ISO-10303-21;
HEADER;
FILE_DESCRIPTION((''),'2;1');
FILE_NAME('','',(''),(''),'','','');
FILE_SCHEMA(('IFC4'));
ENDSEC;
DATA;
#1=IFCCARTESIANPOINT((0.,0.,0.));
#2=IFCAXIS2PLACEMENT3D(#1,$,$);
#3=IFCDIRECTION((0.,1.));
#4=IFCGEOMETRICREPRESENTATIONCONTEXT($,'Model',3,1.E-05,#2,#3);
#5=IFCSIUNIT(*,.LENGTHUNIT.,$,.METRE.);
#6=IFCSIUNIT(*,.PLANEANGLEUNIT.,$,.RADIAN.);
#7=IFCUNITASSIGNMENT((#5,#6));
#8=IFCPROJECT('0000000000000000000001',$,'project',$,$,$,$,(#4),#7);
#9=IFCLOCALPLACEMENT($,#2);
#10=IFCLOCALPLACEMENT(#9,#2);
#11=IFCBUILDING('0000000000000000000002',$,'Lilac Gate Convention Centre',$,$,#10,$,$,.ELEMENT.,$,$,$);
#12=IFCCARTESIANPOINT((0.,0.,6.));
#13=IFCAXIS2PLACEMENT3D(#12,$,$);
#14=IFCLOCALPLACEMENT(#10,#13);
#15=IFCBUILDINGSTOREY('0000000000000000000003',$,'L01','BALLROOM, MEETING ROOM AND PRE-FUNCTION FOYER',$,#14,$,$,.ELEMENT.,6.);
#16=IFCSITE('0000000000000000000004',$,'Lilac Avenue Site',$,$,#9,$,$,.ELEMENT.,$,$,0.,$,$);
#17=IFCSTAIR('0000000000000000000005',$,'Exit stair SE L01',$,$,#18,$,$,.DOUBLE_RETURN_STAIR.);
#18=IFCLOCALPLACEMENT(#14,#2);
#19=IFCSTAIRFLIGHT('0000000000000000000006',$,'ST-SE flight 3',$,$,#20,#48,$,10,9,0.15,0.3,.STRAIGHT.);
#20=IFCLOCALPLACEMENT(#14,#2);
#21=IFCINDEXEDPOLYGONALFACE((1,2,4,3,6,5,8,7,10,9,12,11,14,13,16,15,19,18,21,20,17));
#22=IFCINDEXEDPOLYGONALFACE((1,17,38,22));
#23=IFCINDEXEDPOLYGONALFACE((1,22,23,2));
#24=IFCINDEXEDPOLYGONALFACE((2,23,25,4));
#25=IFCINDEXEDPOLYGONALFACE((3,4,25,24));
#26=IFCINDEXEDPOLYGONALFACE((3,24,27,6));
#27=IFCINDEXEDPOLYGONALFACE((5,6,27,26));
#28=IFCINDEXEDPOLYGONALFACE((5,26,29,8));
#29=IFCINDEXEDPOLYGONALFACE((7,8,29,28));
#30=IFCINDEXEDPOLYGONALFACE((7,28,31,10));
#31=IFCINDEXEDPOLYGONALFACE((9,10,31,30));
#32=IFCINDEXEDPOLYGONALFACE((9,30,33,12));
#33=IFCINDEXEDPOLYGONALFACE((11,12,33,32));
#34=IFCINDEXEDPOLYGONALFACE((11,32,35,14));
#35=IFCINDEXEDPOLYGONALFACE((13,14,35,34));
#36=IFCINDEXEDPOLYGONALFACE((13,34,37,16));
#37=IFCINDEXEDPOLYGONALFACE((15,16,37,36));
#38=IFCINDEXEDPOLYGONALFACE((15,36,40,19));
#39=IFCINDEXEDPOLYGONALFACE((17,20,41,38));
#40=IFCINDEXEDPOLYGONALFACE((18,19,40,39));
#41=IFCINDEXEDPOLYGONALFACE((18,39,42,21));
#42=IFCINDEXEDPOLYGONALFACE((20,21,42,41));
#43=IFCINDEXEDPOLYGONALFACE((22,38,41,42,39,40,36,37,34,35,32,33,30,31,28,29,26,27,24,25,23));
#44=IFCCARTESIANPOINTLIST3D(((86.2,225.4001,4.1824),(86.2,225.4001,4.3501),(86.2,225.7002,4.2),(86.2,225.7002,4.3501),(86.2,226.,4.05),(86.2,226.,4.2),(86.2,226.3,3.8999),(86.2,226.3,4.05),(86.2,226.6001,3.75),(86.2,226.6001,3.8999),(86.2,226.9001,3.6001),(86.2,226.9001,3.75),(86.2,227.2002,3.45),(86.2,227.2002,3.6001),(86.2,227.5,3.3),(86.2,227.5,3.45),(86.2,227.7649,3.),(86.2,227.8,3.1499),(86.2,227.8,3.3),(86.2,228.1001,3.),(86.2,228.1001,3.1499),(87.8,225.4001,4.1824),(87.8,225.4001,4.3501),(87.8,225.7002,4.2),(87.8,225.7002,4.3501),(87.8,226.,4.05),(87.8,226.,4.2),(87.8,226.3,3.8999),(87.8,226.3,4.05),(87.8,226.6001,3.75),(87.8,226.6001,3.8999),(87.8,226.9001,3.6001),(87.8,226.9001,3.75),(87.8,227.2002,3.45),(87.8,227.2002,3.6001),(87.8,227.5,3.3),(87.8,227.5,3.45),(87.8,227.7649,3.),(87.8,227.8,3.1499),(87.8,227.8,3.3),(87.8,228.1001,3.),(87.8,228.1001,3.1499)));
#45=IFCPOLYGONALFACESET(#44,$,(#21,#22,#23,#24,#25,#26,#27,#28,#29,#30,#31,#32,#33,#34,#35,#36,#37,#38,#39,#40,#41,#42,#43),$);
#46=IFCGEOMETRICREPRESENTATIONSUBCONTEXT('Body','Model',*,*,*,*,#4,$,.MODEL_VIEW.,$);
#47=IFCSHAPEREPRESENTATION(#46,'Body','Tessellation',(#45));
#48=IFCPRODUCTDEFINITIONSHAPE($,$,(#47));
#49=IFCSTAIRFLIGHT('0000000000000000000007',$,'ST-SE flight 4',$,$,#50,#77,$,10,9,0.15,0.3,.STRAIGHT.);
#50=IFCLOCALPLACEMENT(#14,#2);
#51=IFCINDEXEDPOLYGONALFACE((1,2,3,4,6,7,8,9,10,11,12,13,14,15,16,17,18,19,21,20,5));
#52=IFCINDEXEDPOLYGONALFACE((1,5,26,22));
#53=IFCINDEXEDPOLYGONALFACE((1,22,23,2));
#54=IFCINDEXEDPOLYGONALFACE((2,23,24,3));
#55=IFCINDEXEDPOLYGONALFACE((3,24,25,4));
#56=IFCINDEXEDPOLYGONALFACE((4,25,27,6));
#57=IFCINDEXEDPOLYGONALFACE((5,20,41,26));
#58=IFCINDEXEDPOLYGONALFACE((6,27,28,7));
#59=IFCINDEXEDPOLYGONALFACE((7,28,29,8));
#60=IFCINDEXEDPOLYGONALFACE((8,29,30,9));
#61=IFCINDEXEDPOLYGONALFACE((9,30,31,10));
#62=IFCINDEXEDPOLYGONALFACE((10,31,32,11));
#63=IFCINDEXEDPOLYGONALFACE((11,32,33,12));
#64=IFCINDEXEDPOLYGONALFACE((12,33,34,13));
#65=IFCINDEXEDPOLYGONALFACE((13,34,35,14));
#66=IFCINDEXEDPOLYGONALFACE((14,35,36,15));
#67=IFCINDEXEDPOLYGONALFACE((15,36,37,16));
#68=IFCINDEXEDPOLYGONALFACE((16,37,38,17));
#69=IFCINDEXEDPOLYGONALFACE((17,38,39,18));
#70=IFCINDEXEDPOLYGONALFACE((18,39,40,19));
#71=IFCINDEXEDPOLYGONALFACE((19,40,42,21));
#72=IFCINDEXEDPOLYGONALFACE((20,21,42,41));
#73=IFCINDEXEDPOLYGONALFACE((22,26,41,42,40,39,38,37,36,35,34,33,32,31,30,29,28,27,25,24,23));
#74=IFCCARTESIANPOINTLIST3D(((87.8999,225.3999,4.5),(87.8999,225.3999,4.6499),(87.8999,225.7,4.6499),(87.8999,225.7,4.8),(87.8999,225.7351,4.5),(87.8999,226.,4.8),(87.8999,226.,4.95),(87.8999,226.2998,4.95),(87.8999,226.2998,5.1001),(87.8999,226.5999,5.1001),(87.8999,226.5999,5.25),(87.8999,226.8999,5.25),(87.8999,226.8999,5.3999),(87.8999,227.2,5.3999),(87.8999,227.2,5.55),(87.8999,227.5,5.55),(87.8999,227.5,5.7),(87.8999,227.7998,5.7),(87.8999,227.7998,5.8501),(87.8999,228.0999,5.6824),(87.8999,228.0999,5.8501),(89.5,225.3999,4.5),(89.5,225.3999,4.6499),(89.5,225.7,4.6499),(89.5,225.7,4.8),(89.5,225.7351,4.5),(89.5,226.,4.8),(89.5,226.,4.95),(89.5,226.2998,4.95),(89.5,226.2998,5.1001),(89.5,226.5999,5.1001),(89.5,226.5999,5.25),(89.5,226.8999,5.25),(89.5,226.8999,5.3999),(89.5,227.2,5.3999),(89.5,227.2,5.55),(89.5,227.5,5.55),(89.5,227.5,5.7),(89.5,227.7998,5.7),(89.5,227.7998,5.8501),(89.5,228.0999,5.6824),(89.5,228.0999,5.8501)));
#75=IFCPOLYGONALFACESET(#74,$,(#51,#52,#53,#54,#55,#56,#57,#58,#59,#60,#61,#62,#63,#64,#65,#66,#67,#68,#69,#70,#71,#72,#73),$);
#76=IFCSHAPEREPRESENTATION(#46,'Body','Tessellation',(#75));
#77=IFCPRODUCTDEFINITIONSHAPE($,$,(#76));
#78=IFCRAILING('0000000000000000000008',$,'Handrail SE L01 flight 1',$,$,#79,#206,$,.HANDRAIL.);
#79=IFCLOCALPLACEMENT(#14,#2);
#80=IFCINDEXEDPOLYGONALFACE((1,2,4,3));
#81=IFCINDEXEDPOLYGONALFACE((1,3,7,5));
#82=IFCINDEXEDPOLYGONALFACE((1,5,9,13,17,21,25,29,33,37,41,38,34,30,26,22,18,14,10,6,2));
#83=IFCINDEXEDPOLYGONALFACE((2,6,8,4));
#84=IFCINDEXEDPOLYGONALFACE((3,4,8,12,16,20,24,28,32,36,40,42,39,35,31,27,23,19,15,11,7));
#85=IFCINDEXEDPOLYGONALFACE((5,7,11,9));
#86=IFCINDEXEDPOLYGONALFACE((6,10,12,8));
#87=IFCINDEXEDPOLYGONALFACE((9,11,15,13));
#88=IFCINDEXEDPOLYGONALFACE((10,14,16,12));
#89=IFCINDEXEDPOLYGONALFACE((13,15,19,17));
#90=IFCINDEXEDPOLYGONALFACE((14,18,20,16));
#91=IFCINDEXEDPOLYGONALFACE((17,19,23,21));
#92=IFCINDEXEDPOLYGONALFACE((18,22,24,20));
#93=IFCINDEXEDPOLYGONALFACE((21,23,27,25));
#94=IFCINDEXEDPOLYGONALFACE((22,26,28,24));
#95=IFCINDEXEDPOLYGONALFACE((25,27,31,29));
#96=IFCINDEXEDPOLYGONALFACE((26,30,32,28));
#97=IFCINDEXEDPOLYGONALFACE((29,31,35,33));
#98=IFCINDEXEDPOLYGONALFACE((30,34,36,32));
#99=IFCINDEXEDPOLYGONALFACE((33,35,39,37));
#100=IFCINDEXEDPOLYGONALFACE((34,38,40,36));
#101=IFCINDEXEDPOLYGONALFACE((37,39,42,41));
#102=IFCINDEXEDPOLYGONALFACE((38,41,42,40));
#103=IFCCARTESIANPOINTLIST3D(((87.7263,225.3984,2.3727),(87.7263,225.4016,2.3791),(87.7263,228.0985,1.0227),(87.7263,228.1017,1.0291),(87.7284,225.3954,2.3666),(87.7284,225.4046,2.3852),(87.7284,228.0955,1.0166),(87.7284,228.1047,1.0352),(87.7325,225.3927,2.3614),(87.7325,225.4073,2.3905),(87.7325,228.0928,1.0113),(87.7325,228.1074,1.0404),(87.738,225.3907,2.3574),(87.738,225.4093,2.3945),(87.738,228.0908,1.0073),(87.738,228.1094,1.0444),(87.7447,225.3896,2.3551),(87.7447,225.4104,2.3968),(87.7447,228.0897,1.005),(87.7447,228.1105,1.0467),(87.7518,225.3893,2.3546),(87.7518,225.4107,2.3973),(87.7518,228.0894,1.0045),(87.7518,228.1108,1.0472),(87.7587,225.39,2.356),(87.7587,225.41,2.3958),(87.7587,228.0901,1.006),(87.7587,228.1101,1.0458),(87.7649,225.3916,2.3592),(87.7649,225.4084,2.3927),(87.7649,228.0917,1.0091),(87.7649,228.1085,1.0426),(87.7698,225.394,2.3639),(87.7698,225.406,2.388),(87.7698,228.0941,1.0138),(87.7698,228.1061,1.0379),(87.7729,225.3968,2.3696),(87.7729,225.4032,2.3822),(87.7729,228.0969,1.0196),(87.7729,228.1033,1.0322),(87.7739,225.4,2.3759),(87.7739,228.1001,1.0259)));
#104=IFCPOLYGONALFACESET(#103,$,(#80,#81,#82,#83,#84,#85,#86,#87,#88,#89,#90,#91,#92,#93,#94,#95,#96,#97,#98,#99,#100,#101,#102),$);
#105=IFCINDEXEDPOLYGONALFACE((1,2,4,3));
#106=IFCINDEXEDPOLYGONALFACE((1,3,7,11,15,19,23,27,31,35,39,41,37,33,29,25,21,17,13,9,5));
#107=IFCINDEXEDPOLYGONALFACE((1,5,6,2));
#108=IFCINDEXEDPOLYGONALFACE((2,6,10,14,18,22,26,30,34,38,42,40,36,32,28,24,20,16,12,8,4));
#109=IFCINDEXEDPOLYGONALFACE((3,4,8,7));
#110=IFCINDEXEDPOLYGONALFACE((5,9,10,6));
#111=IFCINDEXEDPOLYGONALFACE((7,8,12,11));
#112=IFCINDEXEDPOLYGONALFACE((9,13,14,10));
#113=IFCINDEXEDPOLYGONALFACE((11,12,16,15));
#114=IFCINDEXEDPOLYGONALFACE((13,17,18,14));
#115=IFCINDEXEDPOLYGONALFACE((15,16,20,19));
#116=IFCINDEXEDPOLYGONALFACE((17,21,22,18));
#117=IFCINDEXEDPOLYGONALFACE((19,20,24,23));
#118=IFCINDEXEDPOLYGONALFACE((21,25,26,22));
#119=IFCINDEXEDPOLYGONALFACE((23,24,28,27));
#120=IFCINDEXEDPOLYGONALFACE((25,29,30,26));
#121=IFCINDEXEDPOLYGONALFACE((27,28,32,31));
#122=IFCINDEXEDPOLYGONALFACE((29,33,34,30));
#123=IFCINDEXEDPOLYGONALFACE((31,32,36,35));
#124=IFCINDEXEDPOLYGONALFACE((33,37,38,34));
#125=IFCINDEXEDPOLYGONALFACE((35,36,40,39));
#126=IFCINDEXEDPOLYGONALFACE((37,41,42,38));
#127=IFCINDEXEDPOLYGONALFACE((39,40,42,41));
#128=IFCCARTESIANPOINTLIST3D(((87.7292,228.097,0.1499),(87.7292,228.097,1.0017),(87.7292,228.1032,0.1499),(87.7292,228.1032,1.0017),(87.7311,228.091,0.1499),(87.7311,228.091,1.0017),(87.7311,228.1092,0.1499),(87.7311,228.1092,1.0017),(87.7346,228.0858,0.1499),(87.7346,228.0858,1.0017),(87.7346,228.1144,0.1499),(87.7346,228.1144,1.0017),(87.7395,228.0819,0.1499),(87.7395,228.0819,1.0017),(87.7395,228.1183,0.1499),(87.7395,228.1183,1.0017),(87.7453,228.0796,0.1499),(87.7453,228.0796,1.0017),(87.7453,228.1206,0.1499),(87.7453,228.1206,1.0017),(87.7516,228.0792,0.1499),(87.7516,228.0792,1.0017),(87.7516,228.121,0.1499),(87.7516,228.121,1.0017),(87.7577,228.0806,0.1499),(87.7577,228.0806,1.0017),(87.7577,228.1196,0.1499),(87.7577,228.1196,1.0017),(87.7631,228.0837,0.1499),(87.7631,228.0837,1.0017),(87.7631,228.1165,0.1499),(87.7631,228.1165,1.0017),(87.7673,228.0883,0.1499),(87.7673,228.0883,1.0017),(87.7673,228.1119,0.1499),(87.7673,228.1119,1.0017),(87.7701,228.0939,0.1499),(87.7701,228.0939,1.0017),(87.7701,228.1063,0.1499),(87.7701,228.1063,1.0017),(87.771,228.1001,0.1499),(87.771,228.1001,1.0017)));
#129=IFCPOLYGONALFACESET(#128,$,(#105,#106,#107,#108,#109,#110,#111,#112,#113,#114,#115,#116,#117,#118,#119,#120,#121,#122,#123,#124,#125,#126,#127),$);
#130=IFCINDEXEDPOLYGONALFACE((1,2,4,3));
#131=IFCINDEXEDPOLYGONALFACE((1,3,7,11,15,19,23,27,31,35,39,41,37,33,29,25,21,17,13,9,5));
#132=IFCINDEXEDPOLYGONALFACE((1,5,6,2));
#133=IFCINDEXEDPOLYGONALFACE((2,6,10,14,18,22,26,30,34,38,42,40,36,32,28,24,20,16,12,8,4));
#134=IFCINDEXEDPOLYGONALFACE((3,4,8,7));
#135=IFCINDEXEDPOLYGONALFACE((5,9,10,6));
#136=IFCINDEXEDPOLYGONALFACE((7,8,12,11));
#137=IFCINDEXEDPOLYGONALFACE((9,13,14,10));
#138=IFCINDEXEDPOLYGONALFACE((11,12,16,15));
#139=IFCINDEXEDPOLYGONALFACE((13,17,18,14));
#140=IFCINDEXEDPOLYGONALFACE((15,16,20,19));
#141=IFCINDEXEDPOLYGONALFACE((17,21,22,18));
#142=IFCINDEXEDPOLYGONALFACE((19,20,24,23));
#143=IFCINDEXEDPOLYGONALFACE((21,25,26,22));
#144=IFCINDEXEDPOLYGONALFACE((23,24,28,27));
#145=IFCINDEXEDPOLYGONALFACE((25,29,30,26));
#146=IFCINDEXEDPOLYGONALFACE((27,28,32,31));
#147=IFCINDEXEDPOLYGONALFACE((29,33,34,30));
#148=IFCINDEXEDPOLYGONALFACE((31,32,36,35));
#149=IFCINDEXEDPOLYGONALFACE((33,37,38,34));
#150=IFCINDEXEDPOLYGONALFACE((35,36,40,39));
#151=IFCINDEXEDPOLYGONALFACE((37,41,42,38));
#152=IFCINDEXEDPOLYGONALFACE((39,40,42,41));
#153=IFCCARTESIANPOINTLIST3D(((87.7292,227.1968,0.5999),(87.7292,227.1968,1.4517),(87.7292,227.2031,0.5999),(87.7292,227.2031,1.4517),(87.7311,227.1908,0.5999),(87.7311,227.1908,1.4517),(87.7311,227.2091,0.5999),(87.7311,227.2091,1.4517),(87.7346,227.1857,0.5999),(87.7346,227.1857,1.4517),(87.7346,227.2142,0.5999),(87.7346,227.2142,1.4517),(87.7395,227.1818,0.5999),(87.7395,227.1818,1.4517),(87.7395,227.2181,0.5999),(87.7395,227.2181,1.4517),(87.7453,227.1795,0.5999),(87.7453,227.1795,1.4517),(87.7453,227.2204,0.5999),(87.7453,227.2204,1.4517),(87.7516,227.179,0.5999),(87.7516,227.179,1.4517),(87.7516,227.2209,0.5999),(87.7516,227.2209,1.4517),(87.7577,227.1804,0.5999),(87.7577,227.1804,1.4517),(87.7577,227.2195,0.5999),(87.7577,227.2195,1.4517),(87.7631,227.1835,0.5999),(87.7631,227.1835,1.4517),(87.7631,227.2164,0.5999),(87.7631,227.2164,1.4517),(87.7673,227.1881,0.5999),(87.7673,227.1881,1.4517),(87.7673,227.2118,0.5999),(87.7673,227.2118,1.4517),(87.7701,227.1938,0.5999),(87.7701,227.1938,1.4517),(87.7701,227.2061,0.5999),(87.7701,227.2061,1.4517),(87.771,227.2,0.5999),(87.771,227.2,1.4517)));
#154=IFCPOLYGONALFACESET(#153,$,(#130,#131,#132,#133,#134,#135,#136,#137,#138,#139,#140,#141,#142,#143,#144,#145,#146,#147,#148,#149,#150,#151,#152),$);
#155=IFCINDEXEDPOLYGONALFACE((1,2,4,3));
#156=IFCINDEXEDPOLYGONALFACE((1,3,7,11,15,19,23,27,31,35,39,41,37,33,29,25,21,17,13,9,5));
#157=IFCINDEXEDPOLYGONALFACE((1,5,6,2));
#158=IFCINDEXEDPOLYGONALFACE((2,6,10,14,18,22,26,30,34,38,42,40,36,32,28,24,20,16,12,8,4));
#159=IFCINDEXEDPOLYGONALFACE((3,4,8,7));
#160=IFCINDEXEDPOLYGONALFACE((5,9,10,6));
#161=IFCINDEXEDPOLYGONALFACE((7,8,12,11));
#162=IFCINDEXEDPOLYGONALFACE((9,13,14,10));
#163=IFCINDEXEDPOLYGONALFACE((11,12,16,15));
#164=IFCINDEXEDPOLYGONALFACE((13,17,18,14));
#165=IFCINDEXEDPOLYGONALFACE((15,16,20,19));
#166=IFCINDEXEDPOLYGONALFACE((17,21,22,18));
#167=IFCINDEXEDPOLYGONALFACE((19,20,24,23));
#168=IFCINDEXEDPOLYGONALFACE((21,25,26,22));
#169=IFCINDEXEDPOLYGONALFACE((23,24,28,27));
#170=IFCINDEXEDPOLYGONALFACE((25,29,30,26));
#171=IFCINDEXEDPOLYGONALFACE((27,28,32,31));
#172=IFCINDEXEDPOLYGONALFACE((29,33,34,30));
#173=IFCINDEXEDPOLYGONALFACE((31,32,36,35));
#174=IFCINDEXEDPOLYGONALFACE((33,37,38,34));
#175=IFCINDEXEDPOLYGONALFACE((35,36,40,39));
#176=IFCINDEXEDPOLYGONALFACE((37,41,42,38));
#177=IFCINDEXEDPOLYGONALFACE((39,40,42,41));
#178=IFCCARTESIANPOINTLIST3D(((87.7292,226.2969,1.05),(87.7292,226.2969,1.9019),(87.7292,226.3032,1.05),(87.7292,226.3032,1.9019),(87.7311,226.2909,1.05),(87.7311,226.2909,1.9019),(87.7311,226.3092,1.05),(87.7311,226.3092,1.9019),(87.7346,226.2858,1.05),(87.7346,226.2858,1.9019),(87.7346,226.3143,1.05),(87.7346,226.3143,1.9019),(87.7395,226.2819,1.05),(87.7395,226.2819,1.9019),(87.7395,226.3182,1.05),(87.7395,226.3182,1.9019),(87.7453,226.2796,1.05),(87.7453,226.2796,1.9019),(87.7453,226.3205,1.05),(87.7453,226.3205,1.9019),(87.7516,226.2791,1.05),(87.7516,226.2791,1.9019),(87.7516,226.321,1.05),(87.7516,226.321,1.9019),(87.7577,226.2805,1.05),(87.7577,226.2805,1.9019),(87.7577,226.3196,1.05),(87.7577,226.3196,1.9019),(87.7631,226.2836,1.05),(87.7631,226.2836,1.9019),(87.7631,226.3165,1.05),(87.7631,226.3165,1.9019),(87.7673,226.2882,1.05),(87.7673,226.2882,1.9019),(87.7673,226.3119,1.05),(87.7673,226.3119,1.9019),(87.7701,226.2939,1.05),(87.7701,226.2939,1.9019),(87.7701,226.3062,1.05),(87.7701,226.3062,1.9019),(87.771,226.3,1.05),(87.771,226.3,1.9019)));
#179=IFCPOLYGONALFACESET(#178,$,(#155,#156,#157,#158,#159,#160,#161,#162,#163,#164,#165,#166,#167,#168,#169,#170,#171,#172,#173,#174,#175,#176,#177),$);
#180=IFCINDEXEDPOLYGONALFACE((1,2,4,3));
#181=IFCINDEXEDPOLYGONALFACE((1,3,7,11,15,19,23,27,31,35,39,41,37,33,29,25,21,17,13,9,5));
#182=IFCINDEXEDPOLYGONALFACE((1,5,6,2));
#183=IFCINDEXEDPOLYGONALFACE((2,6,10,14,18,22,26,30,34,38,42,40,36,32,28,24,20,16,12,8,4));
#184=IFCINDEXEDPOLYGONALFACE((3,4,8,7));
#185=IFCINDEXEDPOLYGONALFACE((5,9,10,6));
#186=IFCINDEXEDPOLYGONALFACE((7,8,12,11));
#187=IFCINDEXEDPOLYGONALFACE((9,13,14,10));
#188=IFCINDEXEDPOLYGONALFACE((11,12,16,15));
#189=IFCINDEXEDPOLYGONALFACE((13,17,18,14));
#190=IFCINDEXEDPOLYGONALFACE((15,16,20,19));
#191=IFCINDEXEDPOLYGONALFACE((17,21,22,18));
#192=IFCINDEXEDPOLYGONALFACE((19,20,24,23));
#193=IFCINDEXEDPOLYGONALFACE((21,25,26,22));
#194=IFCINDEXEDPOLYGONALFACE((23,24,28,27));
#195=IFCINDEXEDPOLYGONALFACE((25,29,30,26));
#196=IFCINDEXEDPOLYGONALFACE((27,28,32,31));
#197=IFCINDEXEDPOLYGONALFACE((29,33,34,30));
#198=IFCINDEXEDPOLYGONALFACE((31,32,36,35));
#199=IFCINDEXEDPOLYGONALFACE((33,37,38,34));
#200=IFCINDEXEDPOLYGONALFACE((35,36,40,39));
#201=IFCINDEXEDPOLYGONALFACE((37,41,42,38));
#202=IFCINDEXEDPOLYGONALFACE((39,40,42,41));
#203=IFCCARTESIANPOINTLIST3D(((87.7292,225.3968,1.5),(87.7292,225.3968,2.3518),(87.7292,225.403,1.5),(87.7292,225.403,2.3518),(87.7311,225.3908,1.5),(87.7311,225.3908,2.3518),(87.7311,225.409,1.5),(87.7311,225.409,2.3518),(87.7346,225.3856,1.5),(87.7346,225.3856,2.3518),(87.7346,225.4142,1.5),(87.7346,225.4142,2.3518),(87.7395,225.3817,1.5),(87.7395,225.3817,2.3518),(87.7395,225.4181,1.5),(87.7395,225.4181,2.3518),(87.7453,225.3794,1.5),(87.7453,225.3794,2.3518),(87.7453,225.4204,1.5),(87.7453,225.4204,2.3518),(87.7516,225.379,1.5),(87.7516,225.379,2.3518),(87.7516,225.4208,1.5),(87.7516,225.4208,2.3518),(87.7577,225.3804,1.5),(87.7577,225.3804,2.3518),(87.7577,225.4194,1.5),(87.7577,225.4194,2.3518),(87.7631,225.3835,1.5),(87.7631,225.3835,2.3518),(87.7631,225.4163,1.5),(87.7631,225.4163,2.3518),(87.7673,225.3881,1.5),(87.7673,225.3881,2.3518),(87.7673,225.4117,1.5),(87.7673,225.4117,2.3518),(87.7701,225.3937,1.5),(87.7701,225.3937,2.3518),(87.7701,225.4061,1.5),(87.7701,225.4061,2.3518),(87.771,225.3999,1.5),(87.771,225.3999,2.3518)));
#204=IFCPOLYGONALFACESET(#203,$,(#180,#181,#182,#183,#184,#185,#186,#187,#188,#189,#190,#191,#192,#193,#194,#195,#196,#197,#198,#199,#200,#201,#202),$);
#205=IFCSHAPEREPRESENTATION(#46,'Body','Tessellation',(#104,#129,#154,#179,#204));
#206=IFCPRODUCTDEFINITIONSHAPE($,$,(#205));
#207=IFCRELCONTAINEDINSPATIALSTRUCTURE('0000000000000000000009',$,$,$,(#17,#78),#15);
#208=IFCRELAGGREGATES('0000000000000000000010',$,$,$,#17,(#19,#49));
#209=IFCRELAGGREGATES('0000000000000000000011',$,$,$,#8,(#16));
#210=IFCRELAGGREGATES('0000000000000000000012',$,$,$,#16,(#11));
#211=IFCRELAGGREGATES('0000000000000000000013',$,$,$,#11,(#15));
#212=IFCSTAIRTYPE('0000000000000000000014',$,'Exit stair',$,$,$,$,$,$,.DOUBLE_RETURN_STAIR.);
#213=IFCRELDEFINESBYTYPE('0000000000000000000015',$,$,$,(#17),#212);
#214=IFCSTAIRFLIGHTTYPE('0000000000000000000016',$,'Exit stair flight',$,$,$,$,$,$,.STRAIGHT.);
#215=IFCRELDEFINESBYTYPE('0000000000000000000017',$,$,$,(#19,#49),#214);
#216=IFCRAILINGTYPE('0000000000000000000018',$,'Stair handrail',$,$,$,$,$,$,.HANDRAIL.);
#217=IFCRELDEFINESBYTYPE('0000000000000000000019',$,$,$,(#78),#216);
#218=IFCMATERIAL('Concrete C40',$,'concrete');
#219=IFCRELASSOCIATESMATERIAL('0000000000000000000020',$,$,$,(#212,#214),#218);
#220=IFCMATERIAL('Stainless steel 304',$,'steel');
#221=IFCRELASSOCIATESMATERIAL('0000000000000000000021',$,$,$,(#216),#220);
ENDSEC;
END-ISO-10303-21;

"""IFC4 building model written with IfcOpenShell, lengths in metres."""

from ifc_helpers import new_model, si_unit, direction, frame, origin, origin_2d, place, context, subcontext, project, spatial, polyline, circle, outline, extrude, material, type_object, element, aggregate, save


model = new_model("IFC4")

# Units and contexts
model_context = context("Model", 3, precision=1e-05, world=origin(), true_north=direction((0.0, 1.0)))
body_context = subcontext(model_context, "Body", "Model", "MODEL_VIEW")
ifc_project = project(units=[si_unit("LENGTHUNIT", "METRE"), si_unit("PLANEANGLEUNIT", "RADIAN")], contexts=[model_context])

# Site, building, storey
site_placement = place(None, origin())
site = spatial("IfcSite", under=ifc_project, at=site_placement, Name="Lilac Avenue Site", CompositionType="ELEMENT", RefElevation=0.0)
building_placement = place(site_placement, origin())
building = spatial("IfcBuilding", under=site, at=building_placement, Name="Lilac Gate Convention Centre", CompositionType="ELEMENT")
storey_placement = place(building_placement, frame((0.0, 0.0, 6.0)))
storey = spatial("IfcBuildingStorey", under=building, at=storey_placement, Name="L01", Description="BALLROOM, MEETING ROOM AND PRE-FUNCTION FOYER", CompositionType="ELEMENT", Elevation=6.0)

# Stair, stair flights
ifc_material_1 = material(Name="Concrete C40", Category="concrete")
stair_type = type_object("IfcStairType", Name="Exit stair", PredefinedType="DOUBLE_RETURN_STAIR", material=ifc_material_1)
stair_placement = place(storey_placement, origin())
stair = element("IfcStair", 1, at=stair_placement, inside=storey, type_object=stair_type, Name="Exit stair SE L01", PredefinedType="DOUBLE_RETURN_STAIR")
stair_flight_type = type_object("IfcStairFlightType", Name="Exit stair flight", PredefinedType="STRAIGHT", material=ifc_material_1)
stair_flight_1_placement = place(storey_placement, frame((87.0, 228.1001, 3.0), z_axis=(0.0, 0.0, 1.0), x_axis=(0.0, -1.0, 0.0)))
stair_flight_1 = element("IfcStairFlight", 2, at=stair_flight_1_placement, type_object=stair_flight_type, Name="ST-SE flight 3", NumberOfRisers=10, NumberOfTreads=9, PredefinedType="STRAIGHT", RiserHeight=0.15, TreadLength=0.3, context=body_context, shape_type="SweptSolid", body=[
    extrude(outline(polyline([(0.0, 0.0), (0.0, 0.1499), (0.3, 0.1499), (0.3, 0.3), (0.6001, 0.3), (0.6001, 0.45), (0.8999, 0.45), (0.8999, 0.6001), (1.2, 0.6001), (1.2, 0.75), (1.5, 0.75), (1.5, 0.8999), (1.8, 0.8999), (1.8, 1.05), (2.1001, 1.05), (2.1001, 1.2), (2.3999, 1.2), (2.3999, 1.3501), (2.7, 1.3501), (2.7, 1.5), (2.7, 1.1824), (0.3352, 0.0), (0.0, 0.0)])), frame((0.0, 0.8, 0.0), z_axis=(0.0, -1.0, 0.0), x_axis=(1.0, 0.0, 0.0)), (0.0, 0.0, 1.0), 1.6001),
])
stair_flight_2_placement = place(storey_placement, frame((88.7, 225.3999, 4.5), z_axis=(0.0, 0.0, 1.0), x_axis=(0.0, 1.0, 0.0)))
stair_flight_2 = element("IfcStairFlight", 3, at=stair_flight_2_placement, type_object=stair_flight_type, Name="ST-SE flight 4", NumberOfRisers=10, NumberOfTreads=9, PredefinedType="STRAIGHT", RiserHeight=0.15, TreadLength=0.3, context=body_context, shape_type="SweptSolid", body=[
    extrude(outline(polyline([(0.0, 0.0), (0.0, 0.1499), (0.3, 0.1499), (0.3, 0.3), (0.6001, 0.3), (0.6001, 0.45), (0.8999, 0.45), (0.8999, 0.6001), (1.2, 0.6001), (1.2, 0.75), (1.5, 0.75), (1.5, 0.8999), (1.8, 0.8999), (1.8, 1.05), (2.1001, 1.05), (2.1001, 1.2), (2.3999, 1.2), (2.3999, 1.3501), (2.7, 1.3501), (2.7, 1.5), (2.7, 1.1824), (0.3352, 0.0), (0.0, 0.0)])), frame((0.0, 0.8, 0.0), z_axis=(0.0, -1.0, 0.0), x_axis=(1.0, 0.0, 0.0)), (0.0, 0.0, 1.0), 1.6001),
])
aggregate(stair, [stair_flight_1, stair_flight_2])

# Railing
ifc_material_2 = material(Name="Stainless steel 304", Category="steel")
railing_type = type_object("IfcRailingType", Name="Stair handrail", PredefinedType="HANDRAIL", material=ifc_material_2)
for number, where, name in (
    (4, (87.75, 228.1001, 0.1499), "Handrail SE L01 flight 1"),
):
    element("IfcRailing", number, at=place(storey_placement, frame(where)), inside=storey, type_object=railing_type, Name=name, PredefinedType="HANDRAIL", context=body_context, shape_type="SweptSolid", body=[
        extrude(circle(Radius=0.0239, at=origin_2d()), frame((0.0, 0.0, 0.876), z_axis=(0.0, -0.894427, 0.447214), x_axis=(1.0, 0.0, 0.0)), (0.0, 0.0, 1.0), 3.0188),
        extrude(circle(Radius=0.021, at=origin_2d()), origin(), (0.0, 0.0, 1.0), 0.8518),
        extrude(circle(Radius=0.021, at=origin_2d()), frame((0.0, -0.9001, 0.45)), (0.0, 0.0, 1.0), 0.8518),
        extrude(circle(Radius=0.021, at=origin_2d()), frame((0.0, -1.8, 0.9001)), (0.0, 0.0, 1.0), 0.8518),
        extrude(circle(Radius=0.021, at=origin_2d()), frame((0.0, -2.7002, 1.3501)), (0.0, 0.0, 1.0), 0.8518),
    ])

save(model, "model.ifc")
